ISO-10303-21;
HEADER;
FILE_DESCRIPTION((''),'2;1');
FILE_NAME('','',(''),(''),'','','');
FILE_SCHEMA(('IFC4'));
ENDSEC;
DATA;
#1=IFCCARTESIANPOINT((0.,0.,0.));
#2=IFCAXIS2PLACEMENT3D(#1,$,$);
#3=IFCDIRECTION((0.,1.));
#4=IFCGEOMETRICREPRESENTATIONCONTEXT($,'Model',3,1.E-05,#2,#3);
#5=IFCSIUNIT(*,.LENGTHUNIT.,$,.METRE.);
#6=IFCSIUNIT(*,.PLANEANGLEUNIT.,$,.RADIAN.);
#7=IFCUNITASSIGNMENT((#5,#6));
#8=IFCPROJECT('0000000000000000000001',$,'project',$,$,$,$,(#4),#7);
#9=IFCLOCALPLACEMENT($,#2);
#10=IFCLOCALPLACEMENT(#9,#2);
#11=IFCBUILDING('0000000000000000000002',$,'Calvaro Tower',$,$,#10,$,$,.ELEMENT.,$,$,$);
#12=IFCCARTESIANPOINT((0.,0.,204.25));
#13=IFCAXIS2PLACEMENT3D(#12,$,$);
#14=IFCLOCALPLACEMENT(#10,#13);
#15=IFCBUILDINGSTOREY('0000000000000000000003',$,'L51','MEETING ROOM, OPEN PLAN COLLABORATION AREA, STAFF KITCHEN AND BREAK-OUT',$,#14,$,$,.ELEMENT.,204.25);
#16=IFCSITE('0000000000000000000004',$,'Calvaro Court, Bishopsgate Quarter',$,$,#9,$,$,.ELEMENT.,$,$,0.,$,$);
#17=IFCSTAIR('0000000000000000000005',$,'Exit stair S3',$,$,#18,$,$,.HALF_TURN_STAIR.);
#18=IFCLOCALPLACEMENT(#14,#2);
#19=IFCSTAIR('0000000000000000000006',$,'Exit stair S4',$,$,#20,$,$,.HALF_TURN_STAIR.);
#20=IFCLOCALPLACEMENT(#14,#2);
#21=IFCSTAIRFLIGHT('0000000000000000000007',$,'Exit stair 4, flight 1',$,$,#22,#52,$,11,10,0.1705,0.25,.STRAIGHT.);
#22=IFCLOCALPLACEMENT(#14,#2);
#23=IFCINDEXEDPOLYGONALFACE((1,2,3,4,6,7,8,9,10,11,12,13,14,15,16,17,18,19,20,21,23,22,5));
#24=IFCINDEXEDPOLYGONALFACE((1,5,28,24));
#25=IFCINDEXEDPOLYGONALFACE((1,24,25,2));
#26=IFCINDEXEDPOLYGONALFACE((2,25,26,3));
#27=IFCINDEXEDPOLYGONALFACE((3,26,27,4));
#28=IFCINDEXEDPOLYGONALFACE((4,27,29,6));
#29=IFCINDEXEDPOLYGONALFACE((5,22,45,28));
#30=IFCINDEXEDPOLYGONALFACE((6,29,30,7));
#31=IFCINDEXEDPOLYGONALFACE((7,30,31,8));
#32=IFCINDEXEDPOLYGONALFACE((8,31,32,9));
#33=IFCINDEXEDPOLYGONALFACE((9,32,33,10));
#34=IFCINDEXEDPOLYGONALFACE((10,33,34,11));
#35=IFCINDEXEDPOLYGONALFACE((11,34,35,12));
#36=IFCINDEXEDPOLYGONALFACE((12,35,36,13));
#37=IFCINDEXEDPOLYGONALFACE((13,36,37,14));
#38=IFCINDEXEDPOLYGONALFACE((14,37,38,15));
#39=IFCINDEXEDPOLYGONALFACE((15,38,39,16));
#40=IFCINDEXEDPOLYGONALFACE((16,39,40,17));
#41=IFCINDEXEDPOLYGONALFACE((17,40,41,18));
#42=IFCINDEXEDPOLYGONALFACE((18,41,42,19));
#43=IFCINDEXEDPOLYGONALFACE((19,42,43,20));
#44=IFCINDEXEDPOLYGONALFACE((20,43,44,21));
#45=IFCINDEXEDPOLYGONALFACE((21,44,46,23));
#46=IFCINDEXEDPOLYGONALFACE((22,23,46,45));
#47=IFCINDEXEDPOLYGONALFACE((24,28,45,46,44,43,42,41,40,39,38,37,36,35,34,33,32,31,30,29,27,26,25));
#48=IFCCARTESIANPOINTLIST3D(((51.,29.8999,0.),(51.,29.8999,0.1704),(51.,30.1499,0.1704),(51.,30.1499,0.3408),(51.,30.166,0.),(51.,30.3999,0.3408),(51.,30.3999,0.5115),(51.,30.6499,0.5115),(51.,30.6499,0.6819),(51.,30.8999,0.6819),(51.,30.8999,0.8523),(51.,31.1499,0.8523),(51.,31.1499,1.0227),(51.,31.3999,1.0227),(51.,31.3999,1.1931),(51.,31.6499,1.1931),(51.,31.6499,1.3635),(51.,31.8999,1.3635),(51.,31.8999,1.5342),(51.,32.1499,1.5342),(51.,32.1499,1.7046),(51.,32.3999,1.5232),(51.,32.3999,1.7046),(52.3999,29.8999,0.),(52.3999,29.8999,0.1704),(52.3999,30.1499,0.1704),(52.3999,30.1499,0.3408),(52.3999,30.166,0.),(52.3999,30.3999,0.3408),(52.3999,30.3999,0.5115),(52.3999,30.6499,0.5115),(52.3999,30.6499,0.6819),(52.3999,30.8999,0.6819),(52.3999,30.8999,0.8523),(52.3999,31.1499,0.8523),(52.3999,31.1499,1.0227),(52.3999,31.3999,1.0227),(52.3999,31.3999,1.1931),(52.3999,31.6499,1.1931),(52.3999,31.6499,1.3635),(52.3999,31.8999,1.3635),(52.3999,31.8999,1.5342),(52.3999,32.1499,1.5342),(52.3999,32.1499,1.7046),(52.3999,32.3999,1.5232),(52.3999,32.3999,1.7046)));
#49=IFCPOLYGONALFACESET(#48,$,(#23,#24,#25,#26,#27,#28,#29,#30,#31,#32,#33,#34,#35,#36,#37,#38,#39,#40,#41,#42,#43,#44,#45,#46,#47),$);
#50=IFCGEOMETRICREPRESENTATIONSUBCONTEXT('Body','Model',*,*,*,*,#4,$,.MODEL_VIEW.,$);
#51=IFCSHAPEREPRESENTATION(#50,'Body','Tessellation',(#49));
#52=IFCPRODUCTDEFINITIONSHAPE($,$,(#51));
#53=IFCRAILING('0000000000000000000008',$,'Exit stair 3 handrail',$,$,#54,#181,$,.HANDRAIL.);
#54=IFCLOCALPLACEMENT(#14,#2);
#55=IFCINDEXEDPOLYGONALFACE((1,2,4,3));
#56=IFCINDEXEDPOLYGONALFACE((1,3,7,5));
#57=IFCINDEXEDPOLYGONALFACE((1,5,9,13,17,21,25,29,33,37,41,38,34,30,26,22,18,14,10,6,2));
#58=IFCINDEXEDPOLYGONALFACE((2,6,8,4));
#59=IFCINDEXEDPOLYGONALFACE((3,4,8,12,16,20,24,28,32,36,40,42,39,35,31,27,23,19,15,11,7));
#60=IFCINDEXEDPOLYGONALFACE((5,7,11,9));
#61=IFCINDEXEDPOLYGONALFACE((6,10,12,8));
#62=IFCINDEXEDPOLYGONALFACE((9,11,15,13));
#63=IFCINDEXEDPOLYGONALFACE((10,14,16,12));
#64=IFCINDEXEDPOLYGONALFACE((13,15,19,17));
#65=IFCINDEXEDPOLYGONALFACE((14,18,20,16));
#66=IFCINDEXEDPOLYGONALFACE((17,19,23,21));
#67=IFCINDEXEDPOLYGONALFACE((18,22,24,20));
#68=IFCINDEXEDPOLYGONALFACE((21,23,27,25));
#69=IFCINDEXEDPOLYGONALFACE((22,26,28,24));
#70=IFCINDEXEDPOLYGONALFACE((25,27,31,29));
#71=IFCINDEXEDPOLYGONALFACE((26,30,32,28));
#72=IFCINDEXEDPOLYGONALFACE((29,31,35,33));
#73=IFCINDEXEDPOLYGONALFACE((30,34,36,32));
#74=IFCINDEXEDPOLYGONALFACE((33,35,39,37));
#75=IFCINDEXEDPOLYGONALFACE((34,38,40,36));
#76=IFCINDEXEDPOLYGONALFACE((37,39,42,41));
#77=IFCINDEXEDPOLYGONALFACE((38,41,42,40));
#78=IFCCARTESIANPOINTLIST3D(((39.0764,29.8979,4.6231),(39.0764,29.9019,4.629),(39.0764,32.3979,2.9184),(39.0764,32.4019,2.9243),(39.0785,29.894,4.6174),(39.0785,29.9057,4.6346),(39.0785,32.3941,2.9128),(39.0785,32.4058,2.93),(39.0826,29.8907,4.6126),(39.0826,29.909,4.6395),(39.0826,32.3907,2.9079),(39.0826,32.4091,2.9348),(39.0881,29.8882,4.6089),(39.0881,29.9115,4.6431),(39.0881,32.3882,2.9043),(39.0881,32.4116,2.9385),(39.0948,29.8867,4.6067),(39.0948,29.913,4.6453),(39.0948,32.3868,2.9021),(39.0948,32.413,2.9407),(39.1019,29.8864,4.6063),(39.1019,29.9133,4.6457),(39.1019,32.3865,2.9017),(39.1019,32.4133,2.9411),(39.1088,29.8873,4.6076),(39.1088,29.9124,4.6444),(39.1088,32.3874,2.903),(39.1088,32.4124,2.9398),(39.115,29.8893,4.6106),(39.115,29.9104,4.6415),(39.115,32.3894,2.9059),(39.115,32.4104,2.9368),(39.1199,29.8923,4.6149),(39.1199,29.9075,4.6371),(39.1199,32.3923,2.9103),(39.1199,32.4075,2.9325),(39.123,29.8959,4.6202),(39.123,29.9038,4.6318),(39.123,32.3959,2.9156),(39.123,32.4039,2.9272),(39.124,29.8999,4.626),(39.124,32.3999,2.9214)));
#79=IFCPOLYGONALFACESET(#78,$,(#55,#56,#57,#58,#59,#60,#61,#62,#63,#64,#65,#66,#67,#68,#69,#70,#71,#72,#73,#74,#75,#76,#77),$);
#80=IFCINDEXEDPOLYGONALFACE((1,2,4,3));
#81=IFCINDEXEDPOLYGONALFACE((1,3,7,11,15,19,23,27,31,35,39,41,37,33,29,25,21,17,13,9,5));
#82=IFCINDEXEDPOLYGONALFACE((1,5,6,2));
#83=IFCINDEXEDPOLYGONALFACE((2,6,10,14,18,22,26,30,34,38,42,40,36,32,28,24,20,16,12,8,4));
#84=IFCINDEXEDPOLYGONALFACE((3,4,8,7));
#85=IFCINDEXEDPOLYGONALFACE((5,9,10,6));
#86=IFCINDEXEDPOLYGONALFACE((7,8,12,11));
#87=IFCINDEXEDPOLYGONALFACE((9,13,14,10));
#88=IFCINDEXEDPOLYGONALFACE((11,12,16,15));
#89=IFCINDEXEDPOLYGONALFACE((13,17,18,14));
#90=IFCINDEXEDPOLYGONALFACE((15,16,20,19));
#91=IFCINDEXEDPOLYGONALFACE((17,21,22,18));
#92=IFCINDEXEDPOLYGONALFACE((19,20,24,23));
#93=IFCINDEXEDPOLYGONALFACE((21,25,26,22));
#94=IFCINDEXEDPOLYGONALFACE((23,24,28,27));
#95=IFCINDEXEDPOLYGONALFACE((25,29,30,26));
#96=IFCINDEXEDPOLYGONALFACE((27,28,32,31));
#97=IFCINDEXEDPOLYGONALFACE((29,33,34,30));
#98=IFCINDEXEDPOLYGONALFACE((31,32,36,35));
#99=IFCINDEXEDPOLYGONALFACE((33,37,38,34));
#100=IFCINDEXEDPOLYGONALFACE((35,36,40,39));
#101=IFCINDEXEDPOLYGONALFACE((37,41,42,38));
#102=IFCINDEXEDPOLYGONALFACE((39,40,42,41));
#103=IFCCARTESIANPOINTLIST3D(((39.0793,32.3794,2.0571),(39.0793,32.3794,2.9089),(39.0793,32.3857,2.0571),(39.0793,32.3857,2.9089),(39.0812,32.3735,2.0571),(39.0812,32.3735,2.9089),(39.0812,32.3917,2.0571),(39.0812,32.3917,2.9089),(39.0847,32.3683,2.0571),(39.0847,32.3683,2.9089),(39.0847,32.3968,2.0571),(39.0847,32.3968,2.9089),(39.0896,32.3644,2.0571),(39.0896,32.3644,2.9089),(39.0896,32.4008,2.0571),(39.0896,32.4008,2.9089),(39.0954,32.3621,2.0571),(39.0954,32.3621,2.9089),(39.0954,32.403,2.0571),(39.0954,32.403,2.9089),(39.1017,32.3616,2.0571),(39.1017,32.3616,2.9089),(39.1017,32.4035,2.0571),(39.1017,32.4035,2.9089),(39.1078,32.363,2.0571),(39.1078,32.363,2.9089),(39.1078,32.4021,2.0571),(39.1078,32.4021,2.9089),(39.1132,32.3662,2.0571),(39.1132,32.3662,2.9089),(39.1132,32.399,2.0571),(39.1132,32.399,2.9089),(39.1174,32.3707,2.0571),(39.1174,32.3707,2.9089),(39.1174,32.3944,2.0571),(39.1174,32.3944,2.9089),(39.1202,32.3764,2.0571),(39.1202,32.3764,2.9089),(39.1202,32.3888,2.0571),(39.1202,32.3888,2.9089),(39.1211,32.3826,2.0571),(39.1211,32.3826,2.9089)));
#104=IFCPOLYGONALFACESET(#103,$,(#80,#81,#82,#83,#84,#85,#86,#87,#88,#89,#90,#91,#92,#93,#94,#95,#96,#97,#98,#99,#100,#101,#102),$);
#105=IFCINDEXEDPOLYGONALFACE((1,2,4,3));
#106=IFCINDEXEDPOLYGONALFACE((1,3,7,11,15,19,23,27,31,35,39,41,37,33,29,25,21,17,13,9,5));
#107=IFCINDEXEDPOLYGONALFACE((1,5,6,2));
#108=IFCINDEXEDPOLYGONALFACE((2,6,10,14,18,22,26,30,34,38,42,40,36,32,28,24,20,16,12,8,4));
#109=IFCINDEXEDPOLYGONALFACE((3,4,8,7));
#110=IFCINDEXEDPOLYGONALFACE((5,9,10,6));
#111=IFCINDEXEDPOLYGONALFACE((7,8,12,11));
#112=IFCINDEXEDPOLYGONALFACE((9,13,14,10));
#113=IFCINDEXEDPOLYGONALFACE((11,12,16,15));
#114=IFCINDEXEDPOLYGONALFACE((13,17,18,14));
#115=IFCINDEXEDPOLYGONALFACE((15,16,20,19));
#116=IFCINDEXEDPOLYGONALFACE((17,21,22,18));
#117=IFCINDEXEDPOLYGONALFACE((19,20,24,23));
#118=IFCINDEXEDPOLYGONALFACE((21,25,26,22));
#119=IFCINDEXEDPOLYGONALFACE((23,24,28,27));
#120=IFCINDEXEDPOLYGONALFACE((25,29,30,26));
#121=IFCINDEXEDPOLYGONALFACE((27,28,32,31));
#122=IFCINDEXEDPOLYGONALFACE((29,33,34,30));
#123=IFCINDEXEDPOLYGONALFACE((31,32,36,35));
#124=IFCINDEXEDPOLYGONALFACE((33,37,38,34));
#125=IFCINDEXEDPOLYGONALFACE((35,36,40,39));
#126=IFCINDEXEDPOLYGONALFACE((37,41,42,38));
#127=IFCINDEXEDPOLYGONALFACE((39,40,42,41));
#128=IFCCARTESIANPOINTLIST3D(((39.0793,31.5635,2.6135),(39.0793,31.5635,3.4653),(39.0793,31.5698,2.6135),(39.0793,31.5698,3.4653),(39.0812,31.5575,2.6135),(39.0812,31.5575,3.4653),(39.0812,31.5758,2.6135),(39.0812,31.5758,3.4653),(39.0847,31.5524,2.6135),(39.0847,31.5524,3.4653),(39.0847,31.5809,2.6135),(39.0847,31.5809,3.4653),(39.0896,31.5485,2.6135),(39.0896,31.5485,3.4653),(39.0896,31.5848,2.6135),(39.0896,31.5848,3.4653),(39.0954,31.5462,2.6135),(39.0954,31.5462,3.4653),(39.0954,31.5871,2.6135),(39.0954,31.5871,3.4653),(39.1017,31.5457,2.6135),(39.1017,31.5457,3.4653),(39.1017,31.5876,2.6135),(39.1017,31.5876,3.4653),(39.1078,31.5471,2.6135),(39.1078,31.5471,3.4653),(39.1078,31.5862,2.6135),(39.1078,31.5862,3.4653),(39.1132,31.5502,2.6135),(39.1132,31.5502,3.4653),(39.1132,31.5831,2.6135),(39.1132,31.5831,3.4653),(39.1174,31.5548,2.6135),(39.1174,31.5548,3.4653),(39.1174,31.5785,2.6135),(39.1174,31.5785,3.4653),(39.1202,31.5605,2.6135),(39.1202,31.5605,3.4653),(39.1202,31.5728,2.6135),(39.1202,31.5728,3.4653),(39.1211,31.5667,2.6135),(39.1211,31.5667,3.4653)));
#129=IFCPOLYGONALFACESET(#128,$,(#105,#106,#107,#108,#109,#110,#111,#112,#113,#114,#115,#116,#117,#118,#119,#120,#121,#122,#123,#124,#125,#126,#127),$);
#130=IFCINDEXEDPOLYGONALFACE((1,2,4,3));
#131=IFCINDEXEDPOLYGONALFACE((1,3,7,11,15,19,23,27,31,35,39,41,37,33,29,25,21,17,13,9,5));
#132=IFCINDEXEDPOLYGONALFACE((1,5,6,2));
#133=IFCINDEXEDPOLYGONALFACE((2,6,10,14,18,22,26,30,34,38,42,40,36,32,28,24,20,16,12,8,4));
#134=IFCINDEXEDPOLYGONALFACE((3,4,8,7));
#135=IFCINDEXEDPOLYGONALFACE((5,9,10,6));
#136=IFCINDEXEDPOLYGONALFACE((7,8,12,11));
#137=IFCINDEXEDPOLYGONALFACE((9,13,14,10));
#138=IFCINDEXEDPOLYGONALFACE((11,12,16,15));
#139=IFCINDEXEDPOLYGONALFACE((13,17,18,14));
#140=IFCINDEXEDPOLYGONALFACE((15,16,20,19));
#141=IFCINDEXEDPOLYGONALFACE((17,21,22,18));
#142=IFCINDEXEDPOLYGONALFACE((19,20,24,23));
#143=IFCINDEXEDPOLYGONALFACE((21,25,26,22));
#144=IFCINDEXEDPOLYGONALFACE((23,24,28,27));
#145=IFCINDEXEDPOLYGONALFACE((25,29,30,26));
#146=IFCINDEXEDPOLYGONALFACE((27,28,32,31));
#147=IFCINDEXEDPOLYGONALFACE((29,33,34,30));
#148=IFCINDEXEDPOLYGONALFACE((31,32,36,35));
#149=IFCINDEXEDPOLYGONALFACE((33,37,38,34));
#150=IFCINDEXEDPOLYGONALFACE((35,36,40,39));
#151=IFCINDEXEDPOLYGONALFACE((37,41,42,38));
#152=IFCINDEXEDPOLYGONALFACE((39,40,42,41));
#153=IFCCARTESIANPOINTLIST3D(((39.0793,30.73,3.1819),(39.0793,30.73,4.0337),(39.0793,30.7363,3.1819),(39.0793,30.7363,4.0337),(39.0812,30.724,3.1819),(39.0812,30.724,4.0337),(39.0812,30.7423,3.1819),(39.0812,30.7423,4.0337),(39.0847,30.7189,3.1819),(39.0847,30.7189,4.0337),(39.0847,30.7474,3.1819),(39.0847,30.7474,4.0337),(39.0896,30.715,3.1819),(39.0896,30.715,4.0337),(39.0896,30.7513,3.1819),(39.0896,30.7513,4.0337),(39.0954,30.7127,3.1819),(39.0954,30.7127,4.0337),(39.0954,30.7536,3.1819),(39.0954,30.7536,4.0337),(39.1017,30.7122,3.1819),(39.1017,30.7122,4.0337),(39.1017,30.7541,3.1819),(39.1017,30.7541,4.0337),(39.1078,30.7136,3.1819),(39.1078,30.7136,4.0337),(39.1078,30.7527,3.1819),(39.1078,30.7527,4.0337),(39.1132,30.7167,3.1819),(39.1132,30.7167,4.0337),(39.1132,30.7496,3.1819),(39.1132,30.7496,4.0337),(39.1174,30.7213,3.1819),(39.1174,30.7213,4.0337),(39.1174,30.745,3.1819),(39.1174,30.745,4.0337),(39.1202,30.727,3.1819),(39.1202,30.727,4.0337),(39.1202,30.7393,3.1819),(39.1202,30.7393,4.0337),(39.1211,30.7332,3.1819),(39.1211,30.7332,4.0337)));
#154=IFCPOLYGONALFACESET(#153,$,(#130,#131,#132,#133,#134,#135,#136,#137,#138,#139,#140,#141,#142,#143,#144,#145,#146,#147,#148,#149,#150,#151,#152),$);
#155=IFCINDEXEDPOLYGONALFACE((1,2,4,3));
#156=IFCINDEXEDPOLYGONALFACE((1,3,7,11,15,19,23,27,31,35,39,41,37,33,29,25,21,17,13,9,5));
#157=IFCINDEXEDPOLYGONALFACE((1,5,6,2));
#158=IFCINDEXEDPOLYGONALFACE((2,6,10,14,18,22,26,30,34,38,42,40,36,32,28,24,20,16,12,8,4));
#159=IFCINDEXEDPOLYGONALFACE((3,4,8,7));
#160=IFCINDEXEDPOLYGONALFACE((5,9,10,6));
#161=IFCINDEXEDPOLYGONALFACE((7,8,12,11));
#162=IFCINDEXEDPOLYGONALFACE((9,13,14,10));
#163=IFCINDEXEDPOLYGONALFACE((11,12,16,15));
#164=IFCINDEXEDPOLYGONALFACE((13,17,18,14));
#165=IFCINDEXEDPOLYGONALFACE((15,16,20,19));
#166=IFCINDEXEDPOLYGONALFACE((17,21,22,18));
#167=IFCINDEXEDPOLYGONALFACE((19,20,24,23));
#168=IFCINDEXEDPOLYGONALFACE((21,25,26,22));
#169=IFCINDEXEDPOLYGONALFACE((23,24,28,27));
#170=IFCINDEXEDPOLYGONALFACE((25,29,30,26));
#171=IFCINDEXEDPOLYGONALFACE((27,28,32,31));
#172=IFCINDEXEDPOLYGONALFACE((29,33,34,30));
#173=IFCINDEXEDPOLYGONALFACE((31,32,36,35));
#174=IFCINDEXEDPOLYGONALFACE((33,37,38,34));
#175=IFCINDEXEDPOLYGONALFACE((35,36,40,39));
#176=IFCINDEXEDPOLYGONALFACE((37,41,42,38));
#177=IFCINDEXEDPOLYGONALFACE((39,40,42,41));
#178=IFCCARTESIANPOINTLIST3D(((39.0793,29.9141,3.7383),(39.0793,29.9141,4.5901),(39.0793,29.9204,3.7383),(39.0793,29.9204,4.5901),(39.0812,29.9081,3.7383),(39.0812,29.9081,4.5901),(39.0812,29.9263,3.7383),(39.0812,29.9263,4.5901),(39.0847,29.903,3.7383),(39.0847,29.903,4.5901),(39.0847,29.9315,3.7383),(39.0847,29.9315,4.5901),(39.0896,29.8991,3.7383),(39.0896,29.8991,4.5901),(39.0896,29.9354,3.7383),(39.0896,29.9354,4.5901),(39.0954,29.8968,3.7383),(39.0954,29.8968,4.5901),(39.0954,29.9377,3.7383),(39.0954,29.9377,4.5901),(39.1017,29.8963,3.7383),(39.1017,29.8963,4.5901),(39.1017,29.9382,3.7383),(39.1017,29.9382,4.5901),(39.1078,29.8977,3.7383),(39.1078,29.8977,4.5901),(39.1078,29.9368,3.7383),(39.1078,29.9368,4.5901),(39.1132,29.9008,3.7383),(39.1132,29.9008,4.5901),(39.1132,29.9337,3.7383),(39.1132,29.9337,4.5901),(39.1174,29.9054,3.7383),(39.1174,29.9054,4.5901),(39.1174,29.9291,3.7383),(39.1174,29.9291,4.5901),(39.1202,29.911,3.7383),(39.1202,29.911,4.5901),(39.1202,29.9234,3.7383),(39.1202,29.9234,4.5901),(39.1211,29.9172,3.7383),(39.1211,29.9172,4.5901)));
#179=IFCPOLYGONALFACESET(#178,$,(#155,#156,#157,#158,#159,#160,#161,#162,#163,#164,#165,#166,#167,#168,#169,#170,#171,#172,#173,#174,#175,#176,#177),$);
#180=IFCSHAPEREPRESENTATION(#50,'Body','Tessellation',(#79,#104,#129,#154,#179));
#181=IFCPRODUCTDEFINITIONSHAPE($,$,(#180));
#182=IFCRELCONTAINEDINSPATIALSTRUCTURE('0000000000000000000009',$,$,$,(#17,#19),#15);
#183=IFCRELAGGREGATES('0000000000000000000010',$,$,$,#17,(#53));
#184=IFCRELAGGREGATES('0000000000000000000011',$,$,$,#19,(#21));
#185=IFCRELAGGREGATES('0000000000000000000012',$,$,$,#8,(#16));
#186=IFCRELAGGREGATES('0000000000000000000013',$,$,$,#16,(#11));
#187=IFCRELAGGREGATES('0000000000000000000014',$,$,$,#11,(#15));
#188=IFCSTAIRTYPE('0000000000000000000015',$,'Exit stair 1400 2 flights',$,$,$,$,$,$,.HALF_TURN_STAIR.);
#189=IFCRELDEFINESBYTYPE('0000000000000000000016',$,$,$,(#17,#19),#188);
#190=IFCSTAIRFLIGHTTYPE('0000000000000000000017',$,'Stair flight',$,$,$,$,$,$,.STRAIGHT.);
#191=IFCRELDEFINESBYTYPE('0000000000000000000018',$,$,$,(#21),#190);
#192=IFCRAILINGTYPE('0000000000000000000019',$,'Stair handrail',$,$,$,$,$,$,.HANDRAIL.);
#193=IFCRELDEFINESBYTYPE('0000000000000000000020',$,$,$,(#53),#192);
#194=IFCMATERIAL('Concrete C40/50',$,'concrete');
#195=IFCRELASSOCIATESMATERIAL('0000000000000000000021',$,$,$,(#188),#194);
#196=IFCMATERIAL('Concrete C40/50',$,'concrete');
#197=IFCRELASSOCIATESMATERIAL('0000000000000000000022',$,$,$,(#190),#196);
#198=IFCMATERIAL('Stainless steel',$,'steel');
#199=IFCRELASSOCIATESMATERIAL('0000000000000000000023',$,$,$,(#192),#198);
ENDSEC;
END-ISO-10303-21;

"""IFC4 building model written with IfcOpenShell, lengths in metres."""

from ifc_helpers import new_model, si_unit, direction, frame, origin, origin_2d, place, context, subcontext, project, spatial, polyline, circle, outline, extrude, material, type_object, element, aggregate, save


model = new_model("IFC4")

# Units and contexts
model_context = context("Model", 3, precision=1e-05, world=origin(), true_north=direction((0.0, 1.0)))
body_context = subcontext(model_context, "Body", "Model", "MODEL_VIEW")
ifc_project = project(units=[si_unit("LENGTHUNIT", "METRE"), si_unit("PLANEANGLEUNIT", "RADIAN")], contexts=[model_context])

# Site, building, storey
site_placement = place(None, origin())
site = spatial("IfcSite", under=ifc_project, at=site_placement, Name="Calvaro Court, Bishopsgate Quarter", CompositionType="ELEMENT", RefElevation=0.0)
building_placement = place(site_placement, origin())
building = spatial("IfcBuilding", under=site, at=building_placement, Name="Calvaro Tower", CompositionType="ELEMENT")
storey_placement = place(building_placement, frame((0.0, 0.0, 204.25)))
storey = spatial("IfcBuildingStorey", under=building, at=storey_placement, Name="L51", Description="MEETING ROOM, OPEN PLAN COLLABORATION AREA, STAFF KITCHEN AND BREAK-OUT", CompositionType="ELEMENT", Elevation=204.25)

# Stairs, stair flight
ifc_material_1 = material(Name="Concrete C40/50", Category="concrete")
stair_type = type_object("IfcStairType", Name="Exit stair 1400 2 flights", PredefinedType="HALF_TURN_STAIR", material=ifc_material_1)
stair_1_placement = place(storey_placement, origin())
stair_1 = element("IfcStair", 1, at=stair_1_placement, inside=storey, type_object=stair_type, Name="Exit stair S3", PredefinedType="HALF_TURN_STAIR")
ifc_material_2 = material(Name="Concrete C40/50", Category="concrete")
stair_flight_type = type_object("IfcStairFlightType", Name="Stair flight", PredefinedType="STRAIGHT", material=ifc_material_2)
stair_2_placement = place(storey_placement, origin())
stair_2 = element("IfcStair", 2, at=stair_2_placement, inside=storey, type_object=stair_type, Name="Exit stair S4", PredefinedType="HALF_TURN_STAIR")
stair_flight_1_placement = place(storey_placement, frame((51.7, 29.8999, 0.0), z_axis=(0.0, 0.0, 1.0), x_axis=(0.0, 1.0, 0.0)))
stair_flight_1 = element("IfcStairFlight", 3, at=stair_flight_1_placement, type_object=stair_flight_type, Name="Exit stair 4, flight 1", NumberOfRisers=11, NumberOfTreads=10, PredefinedType="STRAIGHT", RiserHeight=0.1705, TreadLength=0.25, context=body_context, shape_type="SweptSolid", body=[
    extrude(outline(polyline([(0.0, 0.0), (0.0, 0.1704), (0.25, 0.1704), (0.25, 0.3408), (0.5, 0.3408), (0.5, 0.5115), (0.75, 0.5115), (0.75, 0.6819), (1.0, 0.6819), (1.0, 0.8523), (1.25, 0.8523), (1.25, 1.0227), (1.5, 1.0227), (1.5, 1.1931), (1.75, 1.1931), (1.75, 1.3635), (2.0, 1.3635), (2.0, 1.5342), (2.25, 1.5342), (2.25, 1.7046), (2.5, 1.7046), (2.5, 1.875), (2.5, 1.5232), (0.2661, 0.0), (0.0, 0.0)])), frame((0.0, 0.7, 0.0), z_axis=(0.0, -1.0, 0.0), x_axis=(1.0, 0.0, 0.0)), (0.0, 0.0, 1.0), 1.3999),
])

# Railing
ifc_material_3 = material(Name="Stainless steel", Category="steel")
railing_type = type_object("IfcRailingType", Name="Stair handrail", PredefinedType="HANDRAIL", material=ifc_material_3)
railing_1_placement = place(storey_placement, frame((39.1001, 32.3999, 2.0454)))
railing_1 = element("IfcRailing", 4, at=railing_1_placement, type_object=railing_type, Name="Exit stair 3 handrail", PredefinedType="HANDRAIL", context=body_context, shape_type="SweptSolid", body=[
    extrude(circle(Radius=0.0239, at=origin_2d()), frame((0.0, 0.0, 0.876), z_axis=(0.0, -0.826221, 0.563347), x_axis=(1.0, 0.0, 0.0)), (0.0, 0.0, 1.0), 3.0259),
    extrude(circle(Radius=0.021, at=origin_2d()), frame((0.0, -0.0173, 0.0117)), (0.0, 0.0, 1.0), 0.8518),
    extrude(circle(Radius=0.021, at=origin_2d()), frame((0.0, -0.8333, 0.5681)), (0.0, 0.0, 1.0), 0.8518),
    extrude(circle(Radius=0.021, at=origin_2d()), frame((0.0, -1.6667, 1.1365)), (0.0, 0.0, 1.0), 0.8518),
    extrude(circle(Radius=0.021, at=origin_2d()), frame((0.0, -2.4827, 1.6929)), (0.0, 0.0, 1.0), 0.8518),
])
aggregate(stair_1, [railing_1])
aggregate(stair_2, [stair_flight_1])

save(model, "model.ifc")
